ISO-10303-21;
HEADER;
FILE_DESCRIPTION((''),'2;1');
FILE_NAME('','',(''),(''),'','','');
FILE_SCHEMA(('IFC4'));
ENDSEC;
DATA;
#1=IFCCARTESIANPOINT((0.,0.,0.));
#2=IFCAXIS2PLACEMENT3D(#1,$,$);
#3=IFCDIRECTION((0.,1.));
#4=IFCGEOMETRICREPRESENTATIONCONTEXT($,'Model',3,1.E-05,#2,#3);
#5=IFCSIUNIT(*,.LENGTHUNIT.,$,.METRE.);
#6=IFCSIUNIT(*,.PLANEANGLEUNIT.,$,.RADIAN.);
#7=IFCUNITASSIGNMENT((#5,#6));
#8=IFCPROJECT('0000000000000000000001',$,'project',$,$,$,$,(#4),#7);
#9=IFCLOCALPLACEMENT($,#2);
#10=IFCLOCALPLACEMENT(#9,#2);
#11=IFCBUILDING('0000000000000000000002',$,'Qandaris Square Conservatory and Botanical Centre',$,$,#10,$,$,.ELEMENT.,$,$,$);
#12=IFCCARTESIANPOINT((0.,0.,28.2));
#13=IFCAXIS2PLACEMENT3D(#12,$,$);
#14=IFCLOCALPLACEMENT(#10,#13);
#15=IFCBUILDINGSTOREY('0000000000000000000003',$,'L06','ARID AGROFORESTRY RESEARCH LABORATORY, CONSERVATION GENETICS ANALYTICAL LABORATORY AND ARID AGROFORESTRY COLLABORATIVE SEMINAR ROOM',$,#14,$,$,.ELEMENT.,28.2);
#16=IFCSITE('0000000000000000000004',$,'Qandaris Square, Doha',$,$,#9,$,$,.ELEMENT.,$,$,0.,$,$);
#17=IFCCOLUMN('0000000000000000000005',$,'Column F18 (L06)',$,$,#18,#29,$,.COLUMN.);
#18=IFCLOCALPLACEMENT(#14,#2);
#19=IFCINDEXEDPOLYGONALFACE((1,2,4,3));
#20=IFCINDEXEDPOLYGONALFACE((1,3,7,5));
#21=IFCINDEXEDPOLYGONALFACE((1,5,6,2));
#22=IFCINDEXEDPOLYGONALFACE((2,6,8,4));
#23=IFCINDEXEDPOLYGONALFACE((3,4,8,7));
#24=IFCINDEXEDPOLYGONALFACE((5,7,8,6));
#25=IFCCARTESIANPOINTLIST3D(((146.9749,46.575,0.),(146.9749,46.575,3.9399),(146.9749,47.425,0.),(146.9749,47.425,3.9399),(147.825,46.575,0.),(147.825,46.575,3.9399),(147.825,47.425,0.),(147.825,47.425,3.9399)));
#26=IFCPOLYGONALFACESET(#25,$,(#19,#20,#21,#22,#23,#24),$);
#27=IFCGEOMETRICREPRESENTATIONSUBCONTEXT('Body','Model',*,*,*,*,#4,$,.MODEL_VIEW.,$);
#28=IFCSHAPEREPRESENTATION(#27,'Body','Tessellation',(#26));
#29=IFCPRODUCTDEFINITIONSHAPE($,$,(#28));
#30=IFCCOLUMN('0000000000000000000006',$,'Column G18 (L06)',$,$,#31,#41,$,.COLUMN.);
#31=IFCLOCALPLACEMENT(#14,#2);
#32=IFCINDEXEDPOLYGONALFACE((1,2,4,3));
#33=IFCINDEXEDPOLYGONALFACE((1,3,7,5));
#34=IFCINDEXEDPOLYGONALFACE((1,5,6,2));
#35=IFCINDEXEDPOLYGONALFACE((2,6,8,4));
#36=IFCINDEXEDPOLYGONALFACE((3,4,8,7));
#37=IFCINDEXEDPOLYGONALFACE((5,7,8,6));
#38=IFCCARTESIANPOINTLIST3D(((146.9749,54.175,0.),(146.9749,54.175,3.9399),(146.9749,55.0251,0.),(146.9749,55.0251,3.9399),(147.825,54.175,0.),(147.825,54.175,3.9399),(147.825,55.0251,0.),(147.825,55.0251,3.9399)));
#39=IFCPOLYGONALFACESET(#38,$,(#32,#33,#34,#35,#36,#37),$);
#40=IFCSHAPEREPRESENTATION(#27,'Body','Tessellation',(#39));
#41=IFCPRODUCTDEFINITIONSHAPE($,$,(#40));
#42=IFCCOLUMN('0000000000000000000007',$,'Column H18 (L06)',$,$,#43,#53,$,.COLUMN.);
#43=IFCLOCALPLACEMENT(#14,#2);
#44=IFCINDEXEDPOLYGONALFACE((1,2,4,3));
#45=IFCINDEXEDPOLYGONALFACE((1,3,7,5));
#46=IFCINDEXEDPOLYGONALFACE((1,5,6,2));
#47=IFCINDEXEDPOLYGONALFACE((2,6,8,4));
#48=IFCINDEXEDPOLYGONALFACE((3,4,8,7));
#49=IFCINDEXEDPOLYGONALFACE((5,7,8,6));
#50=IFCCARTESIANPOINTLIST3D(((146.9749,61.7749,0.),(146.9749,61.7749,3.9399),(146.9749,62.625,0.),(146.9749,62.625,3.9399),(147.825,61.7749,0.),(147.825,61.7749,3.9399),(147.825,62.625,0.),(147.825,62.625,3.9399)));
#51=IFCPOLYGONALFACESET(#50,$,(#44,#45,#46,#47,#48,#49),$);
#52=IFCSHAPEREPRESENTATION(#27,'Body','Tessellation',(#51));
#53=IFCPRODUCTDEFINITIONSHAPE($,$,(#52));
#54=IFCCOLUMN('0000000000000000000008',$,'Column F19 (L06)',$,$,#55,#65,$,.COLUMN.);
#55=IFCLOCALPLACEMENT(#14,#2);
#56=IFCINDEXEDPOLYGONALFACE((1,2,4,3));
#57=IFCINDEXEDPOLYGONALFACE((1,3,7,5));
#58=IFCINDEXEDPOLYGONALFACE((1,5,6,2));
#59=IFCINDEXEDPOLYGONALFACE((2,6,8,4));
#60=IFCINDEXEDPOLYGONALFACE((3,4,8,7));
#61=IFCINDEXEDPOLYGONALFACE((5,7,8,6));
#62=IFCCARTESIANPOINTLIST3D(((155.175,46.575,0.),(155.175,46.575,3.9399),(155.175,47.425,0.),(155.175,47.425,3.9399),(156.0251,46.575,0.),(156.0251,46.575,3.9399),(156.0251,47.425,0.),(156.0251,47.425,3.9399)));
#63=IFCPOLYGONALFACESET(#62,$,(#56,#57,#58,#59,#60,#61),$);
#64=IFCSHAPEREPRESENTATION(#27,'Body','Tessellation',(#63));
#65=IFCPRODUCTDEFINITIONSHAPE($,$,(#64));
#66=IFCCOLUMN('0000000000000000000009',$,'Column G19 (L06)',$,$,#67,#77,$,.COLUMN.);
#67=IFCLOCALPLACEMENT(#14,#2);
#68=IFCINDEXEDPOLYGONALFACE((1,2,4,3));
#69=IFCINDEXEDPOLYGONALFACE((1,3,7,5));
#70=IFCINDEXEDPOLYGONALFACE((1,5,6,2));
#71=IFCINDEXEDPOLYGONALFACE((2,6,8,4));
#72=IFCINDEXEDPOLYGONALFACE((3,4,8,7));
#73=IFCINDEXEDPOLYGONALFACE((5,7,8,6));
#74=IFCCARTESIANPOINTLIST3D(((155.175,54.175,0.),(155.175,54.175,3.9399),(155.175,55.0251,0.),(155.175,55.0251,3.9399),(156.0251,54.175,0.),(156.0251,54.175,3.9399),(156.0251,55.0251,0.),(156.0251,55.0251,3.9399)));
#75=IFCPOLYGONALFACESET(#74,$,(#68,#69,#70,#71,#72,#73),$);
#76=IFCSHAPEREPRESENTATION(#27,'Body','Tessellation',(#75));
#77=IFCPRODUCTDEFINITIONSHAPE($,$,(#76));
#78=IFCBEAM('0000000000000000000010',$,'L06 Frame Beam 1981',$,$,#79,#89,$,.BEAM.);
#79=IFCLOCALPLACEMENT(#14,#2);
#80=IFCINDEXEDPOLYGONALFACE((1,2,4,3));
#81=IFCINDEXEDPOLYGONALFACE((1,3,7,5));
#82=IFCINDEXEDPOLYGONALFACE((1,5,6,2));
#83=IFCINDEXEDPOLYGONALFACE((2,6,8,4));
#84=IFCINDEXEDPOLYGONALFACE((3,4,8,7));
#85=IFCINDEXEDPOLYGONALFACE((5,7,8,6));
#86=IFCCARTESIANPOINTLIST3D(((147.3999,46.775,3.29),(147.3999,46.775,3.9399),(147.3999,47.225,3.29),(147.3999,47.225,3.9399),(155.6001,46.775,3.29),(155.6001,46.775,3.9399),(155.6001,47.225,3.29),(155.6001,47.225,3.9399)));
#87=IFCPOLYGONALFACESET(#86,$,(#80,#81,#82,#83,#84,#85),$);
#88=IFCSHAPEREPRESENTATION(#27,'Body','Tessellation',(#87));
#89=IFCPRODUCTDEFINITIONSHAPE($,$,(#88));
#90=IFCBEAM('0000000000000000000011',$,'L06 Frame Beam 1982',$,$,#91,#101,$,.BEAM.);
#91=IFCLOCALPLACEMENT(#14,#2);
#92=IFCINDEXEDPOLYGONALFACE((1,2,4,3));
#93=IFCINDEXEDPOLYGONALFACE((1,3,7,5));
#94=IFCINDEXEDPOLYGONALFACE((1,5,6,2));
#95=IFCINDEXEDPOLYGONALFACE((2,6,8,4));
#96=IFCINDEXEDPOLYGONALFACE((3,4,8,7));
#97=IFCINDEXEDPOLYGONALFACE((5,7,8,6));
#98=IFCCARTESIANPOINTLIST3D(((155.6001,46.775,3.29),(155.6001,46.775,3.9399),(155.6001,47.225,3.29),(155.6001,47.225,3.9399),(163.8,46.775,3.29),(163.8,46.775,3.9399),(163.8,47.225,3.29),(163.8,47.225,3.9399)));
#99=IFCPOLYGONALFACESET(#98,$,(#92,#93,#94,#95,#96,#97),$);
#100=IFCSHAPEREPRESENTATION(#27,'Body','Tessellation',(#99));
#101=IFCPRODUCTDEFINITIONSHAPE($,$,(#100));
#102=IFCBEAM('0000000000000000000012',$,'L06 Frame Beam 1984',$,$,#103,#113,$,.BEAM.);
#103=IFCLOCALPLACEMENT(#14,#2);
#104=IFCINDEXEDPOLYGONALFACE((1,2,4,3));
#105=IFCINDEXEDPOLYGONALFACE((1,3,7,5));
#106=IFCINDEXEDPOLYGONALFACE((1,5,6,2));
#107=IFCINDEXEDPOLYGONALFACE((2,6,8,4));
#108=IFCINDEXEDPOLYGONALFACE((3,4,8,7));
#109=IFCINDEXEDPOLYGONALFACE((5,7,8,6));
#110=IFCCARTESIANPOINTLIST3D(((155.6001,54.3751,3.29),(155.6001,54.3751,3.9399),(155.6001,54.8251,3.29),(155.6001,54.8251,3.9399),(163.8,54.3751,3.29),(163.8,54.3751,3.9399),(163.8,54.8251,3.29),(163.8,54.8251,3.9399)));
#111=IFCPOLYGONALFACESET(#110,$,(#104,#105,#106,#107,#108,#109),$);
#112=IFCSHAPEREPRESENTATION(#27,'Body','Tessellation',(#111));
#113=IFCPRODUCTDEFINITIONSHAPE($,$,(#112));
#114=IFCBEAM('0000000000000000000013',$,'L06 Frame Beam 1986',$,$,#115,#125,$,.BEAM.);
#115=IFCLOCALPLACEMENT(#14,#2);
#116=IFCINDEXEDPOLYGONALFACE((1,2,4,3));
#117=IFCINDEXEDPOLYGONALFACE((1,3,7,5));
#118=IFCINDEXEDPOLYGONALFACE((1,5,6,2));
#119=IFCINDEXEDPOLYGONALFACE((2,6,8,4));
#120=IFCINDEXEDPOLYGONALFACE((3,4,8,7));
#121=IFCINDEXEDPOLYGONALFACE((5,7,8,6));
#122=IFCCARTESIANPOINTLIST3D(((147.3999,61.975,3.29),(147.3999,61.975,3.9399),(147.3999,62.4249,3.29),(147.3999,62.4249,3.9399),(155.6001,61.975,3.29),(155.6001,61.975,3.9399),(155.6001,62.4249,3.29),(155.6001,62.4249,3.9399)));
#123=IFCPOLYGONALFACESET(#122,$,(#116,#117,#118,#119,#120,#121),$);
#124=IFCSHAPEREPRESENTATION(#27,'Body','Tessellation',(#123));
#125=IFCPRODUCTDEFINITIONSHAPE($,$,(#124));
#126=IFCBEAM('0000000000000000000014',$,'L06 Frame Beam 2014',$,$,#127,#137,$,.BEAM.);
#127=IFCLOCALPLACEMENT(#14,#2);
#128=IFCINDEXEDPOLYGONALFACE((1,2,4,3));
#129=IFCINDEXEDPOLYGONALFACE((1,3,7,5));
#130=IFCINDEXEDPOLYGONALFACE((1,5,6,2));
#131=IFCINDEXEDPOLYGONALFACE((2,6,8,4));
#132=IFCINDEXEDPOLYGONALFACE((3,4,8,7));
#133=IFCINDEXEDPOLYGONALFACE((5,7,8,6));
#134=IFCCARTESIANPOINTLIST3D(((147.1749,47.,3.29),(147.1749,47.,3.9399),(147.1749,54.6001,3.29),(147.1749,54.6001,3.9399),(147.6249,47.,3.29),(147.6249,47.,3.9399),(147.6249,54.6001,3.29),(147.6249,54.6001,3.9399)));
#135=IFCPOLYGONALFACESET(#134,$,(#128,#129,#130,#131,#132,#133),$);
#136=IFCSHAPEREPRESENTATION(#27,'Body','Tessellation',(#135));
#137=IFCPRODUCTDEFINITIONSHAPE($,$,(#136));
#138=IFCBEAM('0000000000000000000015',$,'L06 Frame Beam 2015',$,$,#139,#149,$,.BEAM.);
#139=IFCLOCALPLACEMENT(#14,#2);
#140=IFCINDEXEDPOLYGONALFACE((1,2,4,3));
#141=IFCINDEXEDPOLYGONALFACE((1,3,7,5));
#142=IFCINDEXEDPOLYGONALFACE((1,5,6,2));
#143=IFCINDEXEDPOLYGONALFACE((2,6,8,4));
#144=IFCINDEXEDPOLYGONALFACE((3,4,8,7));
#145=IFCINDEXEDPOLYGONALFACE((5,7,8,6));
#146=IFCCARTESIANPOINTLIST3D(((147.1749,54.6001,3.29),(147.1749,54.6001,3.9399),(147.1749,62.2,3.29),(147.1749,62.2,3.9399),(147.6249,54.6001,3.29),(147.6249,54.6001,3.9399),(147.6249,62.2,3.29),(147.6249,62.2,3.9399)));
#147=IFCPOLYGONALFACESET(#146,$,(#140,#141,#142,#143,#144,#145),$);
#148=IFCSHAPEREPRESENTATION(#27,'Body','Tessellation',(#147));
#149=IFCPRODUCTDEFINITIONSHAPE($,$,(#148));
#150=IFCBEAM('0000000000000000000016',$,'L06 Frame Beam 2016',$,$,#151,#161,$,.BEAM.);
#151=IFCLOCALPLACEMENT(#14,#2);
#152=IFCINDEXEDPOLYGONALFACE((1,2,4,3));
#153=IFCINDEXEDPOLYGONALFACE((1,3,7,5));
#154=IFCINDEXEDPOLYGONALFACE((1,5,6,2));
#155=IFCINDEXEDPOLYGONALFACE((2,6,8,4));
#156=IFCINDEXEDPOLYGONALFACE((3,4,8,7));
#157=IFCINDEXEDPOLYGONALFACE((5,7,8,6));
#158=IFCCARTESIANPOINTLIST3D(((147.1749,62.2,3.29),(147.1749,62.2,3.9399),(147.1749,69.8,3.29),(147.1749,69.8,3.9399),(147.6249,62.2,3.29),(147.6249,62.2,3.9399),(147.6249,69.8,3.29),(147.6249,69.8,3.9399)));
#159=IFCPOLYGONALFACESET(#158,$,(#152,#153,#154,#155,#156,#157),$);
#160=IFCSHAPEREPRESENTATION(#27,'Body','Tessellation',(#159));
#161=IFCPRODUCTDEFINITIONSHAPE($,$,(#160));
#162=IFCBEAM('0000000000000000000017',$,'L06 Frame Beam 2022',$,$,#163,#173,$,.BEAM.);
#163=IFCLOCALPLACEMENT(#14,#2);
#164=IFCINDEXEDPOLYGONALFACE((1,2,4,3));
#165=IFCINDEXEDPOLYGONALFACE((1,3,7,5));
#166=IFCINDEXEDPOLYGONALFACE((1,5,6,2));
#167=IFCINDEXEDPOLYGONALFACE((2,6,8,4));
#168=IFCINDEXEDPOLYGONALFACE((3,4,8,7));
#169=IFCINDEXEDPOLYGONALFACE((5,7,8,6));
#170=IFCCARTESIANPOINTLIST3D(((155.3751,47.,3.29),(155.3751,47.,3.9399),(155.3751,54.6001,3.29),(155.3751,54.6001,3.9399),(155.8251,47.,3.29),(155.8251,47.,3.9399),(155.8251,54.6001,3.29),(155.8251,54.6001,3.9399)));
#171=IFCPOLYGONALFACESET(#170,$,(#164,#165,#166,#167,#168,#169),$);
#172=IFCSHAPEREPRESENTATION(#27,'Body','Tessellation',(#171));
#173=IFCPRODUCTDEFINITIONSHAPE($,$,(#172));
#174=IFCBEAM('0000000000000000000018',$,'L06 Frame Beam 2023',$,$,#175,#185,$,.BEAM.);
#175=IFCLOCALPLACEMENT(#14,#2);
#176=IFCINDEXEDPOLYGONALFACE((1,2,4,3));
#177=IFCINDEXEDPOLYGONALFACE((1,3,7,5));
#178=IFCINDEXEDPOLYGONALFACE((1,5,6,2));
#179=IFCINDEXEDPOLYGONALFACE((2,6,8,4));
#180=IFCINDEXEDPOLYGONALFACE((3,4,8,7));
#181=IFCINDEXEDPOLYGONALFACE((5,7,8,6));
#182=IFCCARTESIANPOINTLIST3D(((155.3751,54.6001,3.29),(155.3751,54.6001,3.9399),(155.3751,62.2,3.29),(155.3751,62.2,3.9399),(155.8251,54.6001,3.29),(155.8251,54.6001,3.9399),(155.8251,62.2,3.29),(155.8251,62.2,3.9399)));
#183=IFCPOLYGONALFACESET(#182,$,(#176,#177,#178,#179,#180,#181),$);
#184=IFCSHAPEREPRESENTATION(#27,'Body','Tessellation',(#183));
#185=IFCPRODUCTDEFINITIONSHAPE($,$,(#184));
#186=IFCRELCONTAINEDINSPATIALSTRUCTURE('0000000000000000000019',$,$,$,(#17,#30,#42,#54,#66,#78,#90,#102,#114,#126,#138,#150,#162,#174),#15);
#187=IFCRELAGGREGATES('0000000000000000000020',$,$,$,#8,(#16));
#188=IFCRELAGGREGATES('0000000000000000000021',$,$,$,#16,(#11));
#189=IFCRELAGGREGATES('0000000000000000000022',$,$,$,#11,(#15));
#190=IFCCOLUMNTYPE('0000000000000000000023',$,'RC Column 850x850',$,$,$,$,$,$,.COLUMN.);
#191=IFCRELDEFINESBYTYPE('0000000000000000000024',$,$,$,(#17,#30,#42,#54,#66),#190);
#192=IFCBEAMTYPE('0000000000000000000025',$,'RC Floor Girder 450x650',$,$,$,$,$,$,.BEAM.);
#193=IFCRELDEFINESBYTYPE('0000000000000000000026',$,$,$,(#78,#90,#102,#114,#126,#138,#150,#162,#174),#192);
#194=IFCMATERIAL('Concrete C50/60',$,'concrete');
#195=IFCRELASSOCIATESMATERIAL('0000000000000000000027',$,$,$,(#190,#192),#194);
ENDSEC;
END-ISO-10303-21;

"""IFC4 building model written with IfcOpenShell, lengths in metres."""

from ifc_helpers import new_model, si_unit, direction, frame, origin, origin_2d, place, context, subcontext, project, spatial, rectangle, extrude, material, material_profile, profile_set, type_object, element, save


model = new_model("IFC4")

# Units and contexts
model_context = context("Model", 3, precision=1e-05, world=origin(), true_north=direction((0.0, 1.0)))
body_context = subcontext(model_context, "Body", "Model", "MODEL_VIEW")
ifc_project = project(units=[si_unit("LENGTHUNIT", "METRE"), si_unit("PLANEANGLEUNIT", "RADIAN")], contexts=[model_context])

# Site, building, storey
site_placement = place(None, origin())
site = spatial("IfcSite", under=ifc_project, at=site_placement, Name="Qandaris Square, Doha", CompositionType="ELEMENT", RefElevation=0.0)
building_placement = place(site_placement, origin())
building = spatial("IfcBuilding", under=site, at=building_placement, Name="Qandaris Square Conservatory and Botanical Centre", CompositionType="ELEMENT")
storey_placement = place(building_placement, frame((0.0, 0.0, 28.2)))
storey = spatial("IfcBuildingStorey", under=building, at=storey_placement, Name="L06", Description="ARID AGROFORESTRY RESEARCH LABORATORY, CONSERVATION GENETICS ANALYTICAL LABORATORY AND ARID AGROFORESTRY COLLABORATIVE SEMINAR ROOM", CompositionType="ELEMENT", Elevation=28.2)

# Columns
ifc_material_1 = material(Name="Concrete C50/60", Category="concrete")
ifc_material_profile_1 = material_profile(ifc_material_1, rectangle(XDim=0.8501, YDim=0.8501, at=origin_2d()), Name="RC-COL 850x850")
ifc_profile_set_1 = profile_set([ifc_material_profile_1], Name="Concrete C50/60")
column_type = type_object("IfcColumnType", Name="RC Column 850x850", PredefinedType="COLUMN", material=ifc_profile_set_1)
for number, where, z_axis, x_axis, name in (
    (1, (147.3999, 47.0, 0.0), (0.0, 0.0, 1.0), (1.0, 0.0, 0.0), "Column F18 (L06)"),
    (2, (147.3999, 54.6001, 0.0), (0.0, 0.0, 1.0), (1.0, 0.0, 0.0), "Column G18 (L06)"),
    (3, (147.3999, 62.2, 0.0), (0.0, 0.0, 1.0), (1.0, 0.0, 0.0), "Column H18 (L06)"),
    (4, (155.6001, 47.0, 0.0), (0.0, 0.0, 1.0), (1.0, 0.0, 0.0), "Column F19 (L06)"),
    (5, (155.6001, 54.6001, 0.0), (0.0, 0.0, 1.0), (1.0, 0.0, 0.0), "Column G19 (L06)"),
):
    element("IfcColumn", number, at=place(storey_placement, frame(where, z_axis=z_axis, x_axis=x_axis)), inside=storey, type_object=column_type, Name=name, PredefinedType="COLUMN", context=body_context, shape_type="SweptSolid", body=[
        extrude(rectangle(XDim=0.8501, YDim=0.8501, at=origin_2d()), origin(), (0.0, 0.0, 1.0), 3.9399),
    ])

# Beams
ifc_material_profile_2 = material_profile(ifc_material_1, rectangle(XDim=0.45, YDim=0.6499, at=origin_2d()), Name="RC-BM 450x650")
ifc_profile_set_2 = profile_set([ifc_material_profile_2], Name="Concrete C50/60")
beam_type = type_object("IfcBeamType", Name="RC Floor Girder 450x650", PredefinedType="BEAM", material=ifc_profile_set_2)
beam_1_placement = place(storey_placement, frame((147.3999, 47.0, 3.615), z_axis=(1.0, 0.0, 0.0), x_axis=(0.0, 1.0, 0.0)))
element("IfcBeam", 6, at=beam_1_placement, inside=storey, type_object=beam_type, Name="L06 Frame Beam 1981", PredefinedType="BEAM", context=body_context, shape_type="SweptSolid", body=[
    extrude(rectangle(XDim=0.45, YDim=0.6499, at=origin_2d()), origin(), (0.0, 0.0, 1.0), 8.2002),
])
for number, where, z_axis, x_axis, name in (
    (7, (155.6001, 47.0, 3.615), (1.0, 0.0, 0.0), (0.0, 1.0, 0.0), "L06 Frame Beam 1982"),
    (8, (155.6001, 54.6001, 3.615), (1.0, 0.0, 0.0), (0.0, 1.0, 0.0), "L06 Frame Beam 1984"),
):
    element("IfcBeam", number, at=place(storey_placement, frame(where, z_axis=z_axis, x_axis=x_axis)), inside=storey, type_object=beam_type, Name=name, PredefinedType="BEAM", context=body_context, shape_type="SweptSolid", body=[
        extrude(rectangle(XDim=0.45, YDim=0.6499, at=origin_2d()), origin(), (0.0, 0.0, 1.0), 8.2),
    ])
beam_2_placement = place(storey_placement, frame((147.3999, 62.2, 3.615), z_axis=(1.0, 0.0, 0.0), x_axis=(0.0, 1.0, 0.0)))
element("IfcBeam", 9, at=beam_2_placement, inside=storey, type_object=beam_type, Name="L06 Frame Beam 1986", PredefinedType="BEAM", context=body_context, shape_type="SweptSolid", body=[
    extrude(rectangle(XDim=0.45, YDim=0.6499, at=origin_2d()), origin(), (0.0, 0.0, 1.0), 8.2002),
])
beam_3_placement = place(storey_placement, frame((147.3999, 47.0, 3.615), z_axis=(0.0, 1.0, 0.0), x_axis=(-1.0, 0.0, 0.0)))
element("IfcBeam", 10, at=beam_3_placement, inside=storey, type_object=beam_type, Name="L06 Frame Beam 2014", PredefinedType="BEAM", context=body_context, shape_type="SweptSolid", body=[
    extrude(rectangle(XDim=0.45, YDim=0.6499, at=origin_2d()), origin(), (0.0, 0.0, 1.0), 7.6001),
])
beam_4_placement = place(storey_placement, frame((147.3999, 54.6001, 3.615), z_axis=(0.0, 1.0, 0.0), x_axis=(-1.0, 0.0, 0.0)))
element("IfcBeam", 11, at=beam_4_placement, inside=storey, type_object=beam_type, Name="L06 Frame Beam 2015", PredefinedType="BEAM", context=body_context, shape_type="SweptSolid", body=[
    extrude(rectangle(XDim=0.45, YDim=0.6499, at=origin_2d()), origin(), (0.0, 0.0, 1.0), 7.5999),
])
for number, where, z_axis, x_axis, name in (
    (12, (147.3999, 62.2, 3.615), (0.0, 1.0, 0.0), (-1.0, 0.0, 0.0), "L06 Frame Beam 2016"),
    (13, (155.6001, 47.0, 3.615), (0.0, 1.0, 0.0), (-1.0, 0.0, 0.0), "L06 Frame Beam 2022"),
):
    element("IfcBeam", number, at=place(storey_placement, frame(where, z_axis=z_axis, x_axis=x_axis)), inside=storey, type_object=beam_type, Name=name, PredefinedType="BEAM", context=body_context, shape_type="SweptSolid", body=[
        extrude(rectangle(XDim=0.45, YDim=0.6499, at=origin_2d()), origin(), (0.0, 0.0, 1.0), 7.6001),
    ])
beam_5_placement = place(storey_placement, frame((155.6001, 54.6001, 3.615), z_axis=(0.0, 1.0, 0.0), x_axis=(-1.0, 0.0, 0.0)))
element("IfcBeam", 14, at=beam_5_placement, inside=storey, type_object=beam_type, Name="L06 Frame Beam 2023", PredefinedType="BEAM", context=body_context, shape_type="SweptSolid", body=[
    extrude(rectangle(XDim=0.45, YDim=0.6499, at=origin_2d()), origin(), (0.0, 0.0, 1.0), 7.5999),
])

save(model, "model.ifc")
